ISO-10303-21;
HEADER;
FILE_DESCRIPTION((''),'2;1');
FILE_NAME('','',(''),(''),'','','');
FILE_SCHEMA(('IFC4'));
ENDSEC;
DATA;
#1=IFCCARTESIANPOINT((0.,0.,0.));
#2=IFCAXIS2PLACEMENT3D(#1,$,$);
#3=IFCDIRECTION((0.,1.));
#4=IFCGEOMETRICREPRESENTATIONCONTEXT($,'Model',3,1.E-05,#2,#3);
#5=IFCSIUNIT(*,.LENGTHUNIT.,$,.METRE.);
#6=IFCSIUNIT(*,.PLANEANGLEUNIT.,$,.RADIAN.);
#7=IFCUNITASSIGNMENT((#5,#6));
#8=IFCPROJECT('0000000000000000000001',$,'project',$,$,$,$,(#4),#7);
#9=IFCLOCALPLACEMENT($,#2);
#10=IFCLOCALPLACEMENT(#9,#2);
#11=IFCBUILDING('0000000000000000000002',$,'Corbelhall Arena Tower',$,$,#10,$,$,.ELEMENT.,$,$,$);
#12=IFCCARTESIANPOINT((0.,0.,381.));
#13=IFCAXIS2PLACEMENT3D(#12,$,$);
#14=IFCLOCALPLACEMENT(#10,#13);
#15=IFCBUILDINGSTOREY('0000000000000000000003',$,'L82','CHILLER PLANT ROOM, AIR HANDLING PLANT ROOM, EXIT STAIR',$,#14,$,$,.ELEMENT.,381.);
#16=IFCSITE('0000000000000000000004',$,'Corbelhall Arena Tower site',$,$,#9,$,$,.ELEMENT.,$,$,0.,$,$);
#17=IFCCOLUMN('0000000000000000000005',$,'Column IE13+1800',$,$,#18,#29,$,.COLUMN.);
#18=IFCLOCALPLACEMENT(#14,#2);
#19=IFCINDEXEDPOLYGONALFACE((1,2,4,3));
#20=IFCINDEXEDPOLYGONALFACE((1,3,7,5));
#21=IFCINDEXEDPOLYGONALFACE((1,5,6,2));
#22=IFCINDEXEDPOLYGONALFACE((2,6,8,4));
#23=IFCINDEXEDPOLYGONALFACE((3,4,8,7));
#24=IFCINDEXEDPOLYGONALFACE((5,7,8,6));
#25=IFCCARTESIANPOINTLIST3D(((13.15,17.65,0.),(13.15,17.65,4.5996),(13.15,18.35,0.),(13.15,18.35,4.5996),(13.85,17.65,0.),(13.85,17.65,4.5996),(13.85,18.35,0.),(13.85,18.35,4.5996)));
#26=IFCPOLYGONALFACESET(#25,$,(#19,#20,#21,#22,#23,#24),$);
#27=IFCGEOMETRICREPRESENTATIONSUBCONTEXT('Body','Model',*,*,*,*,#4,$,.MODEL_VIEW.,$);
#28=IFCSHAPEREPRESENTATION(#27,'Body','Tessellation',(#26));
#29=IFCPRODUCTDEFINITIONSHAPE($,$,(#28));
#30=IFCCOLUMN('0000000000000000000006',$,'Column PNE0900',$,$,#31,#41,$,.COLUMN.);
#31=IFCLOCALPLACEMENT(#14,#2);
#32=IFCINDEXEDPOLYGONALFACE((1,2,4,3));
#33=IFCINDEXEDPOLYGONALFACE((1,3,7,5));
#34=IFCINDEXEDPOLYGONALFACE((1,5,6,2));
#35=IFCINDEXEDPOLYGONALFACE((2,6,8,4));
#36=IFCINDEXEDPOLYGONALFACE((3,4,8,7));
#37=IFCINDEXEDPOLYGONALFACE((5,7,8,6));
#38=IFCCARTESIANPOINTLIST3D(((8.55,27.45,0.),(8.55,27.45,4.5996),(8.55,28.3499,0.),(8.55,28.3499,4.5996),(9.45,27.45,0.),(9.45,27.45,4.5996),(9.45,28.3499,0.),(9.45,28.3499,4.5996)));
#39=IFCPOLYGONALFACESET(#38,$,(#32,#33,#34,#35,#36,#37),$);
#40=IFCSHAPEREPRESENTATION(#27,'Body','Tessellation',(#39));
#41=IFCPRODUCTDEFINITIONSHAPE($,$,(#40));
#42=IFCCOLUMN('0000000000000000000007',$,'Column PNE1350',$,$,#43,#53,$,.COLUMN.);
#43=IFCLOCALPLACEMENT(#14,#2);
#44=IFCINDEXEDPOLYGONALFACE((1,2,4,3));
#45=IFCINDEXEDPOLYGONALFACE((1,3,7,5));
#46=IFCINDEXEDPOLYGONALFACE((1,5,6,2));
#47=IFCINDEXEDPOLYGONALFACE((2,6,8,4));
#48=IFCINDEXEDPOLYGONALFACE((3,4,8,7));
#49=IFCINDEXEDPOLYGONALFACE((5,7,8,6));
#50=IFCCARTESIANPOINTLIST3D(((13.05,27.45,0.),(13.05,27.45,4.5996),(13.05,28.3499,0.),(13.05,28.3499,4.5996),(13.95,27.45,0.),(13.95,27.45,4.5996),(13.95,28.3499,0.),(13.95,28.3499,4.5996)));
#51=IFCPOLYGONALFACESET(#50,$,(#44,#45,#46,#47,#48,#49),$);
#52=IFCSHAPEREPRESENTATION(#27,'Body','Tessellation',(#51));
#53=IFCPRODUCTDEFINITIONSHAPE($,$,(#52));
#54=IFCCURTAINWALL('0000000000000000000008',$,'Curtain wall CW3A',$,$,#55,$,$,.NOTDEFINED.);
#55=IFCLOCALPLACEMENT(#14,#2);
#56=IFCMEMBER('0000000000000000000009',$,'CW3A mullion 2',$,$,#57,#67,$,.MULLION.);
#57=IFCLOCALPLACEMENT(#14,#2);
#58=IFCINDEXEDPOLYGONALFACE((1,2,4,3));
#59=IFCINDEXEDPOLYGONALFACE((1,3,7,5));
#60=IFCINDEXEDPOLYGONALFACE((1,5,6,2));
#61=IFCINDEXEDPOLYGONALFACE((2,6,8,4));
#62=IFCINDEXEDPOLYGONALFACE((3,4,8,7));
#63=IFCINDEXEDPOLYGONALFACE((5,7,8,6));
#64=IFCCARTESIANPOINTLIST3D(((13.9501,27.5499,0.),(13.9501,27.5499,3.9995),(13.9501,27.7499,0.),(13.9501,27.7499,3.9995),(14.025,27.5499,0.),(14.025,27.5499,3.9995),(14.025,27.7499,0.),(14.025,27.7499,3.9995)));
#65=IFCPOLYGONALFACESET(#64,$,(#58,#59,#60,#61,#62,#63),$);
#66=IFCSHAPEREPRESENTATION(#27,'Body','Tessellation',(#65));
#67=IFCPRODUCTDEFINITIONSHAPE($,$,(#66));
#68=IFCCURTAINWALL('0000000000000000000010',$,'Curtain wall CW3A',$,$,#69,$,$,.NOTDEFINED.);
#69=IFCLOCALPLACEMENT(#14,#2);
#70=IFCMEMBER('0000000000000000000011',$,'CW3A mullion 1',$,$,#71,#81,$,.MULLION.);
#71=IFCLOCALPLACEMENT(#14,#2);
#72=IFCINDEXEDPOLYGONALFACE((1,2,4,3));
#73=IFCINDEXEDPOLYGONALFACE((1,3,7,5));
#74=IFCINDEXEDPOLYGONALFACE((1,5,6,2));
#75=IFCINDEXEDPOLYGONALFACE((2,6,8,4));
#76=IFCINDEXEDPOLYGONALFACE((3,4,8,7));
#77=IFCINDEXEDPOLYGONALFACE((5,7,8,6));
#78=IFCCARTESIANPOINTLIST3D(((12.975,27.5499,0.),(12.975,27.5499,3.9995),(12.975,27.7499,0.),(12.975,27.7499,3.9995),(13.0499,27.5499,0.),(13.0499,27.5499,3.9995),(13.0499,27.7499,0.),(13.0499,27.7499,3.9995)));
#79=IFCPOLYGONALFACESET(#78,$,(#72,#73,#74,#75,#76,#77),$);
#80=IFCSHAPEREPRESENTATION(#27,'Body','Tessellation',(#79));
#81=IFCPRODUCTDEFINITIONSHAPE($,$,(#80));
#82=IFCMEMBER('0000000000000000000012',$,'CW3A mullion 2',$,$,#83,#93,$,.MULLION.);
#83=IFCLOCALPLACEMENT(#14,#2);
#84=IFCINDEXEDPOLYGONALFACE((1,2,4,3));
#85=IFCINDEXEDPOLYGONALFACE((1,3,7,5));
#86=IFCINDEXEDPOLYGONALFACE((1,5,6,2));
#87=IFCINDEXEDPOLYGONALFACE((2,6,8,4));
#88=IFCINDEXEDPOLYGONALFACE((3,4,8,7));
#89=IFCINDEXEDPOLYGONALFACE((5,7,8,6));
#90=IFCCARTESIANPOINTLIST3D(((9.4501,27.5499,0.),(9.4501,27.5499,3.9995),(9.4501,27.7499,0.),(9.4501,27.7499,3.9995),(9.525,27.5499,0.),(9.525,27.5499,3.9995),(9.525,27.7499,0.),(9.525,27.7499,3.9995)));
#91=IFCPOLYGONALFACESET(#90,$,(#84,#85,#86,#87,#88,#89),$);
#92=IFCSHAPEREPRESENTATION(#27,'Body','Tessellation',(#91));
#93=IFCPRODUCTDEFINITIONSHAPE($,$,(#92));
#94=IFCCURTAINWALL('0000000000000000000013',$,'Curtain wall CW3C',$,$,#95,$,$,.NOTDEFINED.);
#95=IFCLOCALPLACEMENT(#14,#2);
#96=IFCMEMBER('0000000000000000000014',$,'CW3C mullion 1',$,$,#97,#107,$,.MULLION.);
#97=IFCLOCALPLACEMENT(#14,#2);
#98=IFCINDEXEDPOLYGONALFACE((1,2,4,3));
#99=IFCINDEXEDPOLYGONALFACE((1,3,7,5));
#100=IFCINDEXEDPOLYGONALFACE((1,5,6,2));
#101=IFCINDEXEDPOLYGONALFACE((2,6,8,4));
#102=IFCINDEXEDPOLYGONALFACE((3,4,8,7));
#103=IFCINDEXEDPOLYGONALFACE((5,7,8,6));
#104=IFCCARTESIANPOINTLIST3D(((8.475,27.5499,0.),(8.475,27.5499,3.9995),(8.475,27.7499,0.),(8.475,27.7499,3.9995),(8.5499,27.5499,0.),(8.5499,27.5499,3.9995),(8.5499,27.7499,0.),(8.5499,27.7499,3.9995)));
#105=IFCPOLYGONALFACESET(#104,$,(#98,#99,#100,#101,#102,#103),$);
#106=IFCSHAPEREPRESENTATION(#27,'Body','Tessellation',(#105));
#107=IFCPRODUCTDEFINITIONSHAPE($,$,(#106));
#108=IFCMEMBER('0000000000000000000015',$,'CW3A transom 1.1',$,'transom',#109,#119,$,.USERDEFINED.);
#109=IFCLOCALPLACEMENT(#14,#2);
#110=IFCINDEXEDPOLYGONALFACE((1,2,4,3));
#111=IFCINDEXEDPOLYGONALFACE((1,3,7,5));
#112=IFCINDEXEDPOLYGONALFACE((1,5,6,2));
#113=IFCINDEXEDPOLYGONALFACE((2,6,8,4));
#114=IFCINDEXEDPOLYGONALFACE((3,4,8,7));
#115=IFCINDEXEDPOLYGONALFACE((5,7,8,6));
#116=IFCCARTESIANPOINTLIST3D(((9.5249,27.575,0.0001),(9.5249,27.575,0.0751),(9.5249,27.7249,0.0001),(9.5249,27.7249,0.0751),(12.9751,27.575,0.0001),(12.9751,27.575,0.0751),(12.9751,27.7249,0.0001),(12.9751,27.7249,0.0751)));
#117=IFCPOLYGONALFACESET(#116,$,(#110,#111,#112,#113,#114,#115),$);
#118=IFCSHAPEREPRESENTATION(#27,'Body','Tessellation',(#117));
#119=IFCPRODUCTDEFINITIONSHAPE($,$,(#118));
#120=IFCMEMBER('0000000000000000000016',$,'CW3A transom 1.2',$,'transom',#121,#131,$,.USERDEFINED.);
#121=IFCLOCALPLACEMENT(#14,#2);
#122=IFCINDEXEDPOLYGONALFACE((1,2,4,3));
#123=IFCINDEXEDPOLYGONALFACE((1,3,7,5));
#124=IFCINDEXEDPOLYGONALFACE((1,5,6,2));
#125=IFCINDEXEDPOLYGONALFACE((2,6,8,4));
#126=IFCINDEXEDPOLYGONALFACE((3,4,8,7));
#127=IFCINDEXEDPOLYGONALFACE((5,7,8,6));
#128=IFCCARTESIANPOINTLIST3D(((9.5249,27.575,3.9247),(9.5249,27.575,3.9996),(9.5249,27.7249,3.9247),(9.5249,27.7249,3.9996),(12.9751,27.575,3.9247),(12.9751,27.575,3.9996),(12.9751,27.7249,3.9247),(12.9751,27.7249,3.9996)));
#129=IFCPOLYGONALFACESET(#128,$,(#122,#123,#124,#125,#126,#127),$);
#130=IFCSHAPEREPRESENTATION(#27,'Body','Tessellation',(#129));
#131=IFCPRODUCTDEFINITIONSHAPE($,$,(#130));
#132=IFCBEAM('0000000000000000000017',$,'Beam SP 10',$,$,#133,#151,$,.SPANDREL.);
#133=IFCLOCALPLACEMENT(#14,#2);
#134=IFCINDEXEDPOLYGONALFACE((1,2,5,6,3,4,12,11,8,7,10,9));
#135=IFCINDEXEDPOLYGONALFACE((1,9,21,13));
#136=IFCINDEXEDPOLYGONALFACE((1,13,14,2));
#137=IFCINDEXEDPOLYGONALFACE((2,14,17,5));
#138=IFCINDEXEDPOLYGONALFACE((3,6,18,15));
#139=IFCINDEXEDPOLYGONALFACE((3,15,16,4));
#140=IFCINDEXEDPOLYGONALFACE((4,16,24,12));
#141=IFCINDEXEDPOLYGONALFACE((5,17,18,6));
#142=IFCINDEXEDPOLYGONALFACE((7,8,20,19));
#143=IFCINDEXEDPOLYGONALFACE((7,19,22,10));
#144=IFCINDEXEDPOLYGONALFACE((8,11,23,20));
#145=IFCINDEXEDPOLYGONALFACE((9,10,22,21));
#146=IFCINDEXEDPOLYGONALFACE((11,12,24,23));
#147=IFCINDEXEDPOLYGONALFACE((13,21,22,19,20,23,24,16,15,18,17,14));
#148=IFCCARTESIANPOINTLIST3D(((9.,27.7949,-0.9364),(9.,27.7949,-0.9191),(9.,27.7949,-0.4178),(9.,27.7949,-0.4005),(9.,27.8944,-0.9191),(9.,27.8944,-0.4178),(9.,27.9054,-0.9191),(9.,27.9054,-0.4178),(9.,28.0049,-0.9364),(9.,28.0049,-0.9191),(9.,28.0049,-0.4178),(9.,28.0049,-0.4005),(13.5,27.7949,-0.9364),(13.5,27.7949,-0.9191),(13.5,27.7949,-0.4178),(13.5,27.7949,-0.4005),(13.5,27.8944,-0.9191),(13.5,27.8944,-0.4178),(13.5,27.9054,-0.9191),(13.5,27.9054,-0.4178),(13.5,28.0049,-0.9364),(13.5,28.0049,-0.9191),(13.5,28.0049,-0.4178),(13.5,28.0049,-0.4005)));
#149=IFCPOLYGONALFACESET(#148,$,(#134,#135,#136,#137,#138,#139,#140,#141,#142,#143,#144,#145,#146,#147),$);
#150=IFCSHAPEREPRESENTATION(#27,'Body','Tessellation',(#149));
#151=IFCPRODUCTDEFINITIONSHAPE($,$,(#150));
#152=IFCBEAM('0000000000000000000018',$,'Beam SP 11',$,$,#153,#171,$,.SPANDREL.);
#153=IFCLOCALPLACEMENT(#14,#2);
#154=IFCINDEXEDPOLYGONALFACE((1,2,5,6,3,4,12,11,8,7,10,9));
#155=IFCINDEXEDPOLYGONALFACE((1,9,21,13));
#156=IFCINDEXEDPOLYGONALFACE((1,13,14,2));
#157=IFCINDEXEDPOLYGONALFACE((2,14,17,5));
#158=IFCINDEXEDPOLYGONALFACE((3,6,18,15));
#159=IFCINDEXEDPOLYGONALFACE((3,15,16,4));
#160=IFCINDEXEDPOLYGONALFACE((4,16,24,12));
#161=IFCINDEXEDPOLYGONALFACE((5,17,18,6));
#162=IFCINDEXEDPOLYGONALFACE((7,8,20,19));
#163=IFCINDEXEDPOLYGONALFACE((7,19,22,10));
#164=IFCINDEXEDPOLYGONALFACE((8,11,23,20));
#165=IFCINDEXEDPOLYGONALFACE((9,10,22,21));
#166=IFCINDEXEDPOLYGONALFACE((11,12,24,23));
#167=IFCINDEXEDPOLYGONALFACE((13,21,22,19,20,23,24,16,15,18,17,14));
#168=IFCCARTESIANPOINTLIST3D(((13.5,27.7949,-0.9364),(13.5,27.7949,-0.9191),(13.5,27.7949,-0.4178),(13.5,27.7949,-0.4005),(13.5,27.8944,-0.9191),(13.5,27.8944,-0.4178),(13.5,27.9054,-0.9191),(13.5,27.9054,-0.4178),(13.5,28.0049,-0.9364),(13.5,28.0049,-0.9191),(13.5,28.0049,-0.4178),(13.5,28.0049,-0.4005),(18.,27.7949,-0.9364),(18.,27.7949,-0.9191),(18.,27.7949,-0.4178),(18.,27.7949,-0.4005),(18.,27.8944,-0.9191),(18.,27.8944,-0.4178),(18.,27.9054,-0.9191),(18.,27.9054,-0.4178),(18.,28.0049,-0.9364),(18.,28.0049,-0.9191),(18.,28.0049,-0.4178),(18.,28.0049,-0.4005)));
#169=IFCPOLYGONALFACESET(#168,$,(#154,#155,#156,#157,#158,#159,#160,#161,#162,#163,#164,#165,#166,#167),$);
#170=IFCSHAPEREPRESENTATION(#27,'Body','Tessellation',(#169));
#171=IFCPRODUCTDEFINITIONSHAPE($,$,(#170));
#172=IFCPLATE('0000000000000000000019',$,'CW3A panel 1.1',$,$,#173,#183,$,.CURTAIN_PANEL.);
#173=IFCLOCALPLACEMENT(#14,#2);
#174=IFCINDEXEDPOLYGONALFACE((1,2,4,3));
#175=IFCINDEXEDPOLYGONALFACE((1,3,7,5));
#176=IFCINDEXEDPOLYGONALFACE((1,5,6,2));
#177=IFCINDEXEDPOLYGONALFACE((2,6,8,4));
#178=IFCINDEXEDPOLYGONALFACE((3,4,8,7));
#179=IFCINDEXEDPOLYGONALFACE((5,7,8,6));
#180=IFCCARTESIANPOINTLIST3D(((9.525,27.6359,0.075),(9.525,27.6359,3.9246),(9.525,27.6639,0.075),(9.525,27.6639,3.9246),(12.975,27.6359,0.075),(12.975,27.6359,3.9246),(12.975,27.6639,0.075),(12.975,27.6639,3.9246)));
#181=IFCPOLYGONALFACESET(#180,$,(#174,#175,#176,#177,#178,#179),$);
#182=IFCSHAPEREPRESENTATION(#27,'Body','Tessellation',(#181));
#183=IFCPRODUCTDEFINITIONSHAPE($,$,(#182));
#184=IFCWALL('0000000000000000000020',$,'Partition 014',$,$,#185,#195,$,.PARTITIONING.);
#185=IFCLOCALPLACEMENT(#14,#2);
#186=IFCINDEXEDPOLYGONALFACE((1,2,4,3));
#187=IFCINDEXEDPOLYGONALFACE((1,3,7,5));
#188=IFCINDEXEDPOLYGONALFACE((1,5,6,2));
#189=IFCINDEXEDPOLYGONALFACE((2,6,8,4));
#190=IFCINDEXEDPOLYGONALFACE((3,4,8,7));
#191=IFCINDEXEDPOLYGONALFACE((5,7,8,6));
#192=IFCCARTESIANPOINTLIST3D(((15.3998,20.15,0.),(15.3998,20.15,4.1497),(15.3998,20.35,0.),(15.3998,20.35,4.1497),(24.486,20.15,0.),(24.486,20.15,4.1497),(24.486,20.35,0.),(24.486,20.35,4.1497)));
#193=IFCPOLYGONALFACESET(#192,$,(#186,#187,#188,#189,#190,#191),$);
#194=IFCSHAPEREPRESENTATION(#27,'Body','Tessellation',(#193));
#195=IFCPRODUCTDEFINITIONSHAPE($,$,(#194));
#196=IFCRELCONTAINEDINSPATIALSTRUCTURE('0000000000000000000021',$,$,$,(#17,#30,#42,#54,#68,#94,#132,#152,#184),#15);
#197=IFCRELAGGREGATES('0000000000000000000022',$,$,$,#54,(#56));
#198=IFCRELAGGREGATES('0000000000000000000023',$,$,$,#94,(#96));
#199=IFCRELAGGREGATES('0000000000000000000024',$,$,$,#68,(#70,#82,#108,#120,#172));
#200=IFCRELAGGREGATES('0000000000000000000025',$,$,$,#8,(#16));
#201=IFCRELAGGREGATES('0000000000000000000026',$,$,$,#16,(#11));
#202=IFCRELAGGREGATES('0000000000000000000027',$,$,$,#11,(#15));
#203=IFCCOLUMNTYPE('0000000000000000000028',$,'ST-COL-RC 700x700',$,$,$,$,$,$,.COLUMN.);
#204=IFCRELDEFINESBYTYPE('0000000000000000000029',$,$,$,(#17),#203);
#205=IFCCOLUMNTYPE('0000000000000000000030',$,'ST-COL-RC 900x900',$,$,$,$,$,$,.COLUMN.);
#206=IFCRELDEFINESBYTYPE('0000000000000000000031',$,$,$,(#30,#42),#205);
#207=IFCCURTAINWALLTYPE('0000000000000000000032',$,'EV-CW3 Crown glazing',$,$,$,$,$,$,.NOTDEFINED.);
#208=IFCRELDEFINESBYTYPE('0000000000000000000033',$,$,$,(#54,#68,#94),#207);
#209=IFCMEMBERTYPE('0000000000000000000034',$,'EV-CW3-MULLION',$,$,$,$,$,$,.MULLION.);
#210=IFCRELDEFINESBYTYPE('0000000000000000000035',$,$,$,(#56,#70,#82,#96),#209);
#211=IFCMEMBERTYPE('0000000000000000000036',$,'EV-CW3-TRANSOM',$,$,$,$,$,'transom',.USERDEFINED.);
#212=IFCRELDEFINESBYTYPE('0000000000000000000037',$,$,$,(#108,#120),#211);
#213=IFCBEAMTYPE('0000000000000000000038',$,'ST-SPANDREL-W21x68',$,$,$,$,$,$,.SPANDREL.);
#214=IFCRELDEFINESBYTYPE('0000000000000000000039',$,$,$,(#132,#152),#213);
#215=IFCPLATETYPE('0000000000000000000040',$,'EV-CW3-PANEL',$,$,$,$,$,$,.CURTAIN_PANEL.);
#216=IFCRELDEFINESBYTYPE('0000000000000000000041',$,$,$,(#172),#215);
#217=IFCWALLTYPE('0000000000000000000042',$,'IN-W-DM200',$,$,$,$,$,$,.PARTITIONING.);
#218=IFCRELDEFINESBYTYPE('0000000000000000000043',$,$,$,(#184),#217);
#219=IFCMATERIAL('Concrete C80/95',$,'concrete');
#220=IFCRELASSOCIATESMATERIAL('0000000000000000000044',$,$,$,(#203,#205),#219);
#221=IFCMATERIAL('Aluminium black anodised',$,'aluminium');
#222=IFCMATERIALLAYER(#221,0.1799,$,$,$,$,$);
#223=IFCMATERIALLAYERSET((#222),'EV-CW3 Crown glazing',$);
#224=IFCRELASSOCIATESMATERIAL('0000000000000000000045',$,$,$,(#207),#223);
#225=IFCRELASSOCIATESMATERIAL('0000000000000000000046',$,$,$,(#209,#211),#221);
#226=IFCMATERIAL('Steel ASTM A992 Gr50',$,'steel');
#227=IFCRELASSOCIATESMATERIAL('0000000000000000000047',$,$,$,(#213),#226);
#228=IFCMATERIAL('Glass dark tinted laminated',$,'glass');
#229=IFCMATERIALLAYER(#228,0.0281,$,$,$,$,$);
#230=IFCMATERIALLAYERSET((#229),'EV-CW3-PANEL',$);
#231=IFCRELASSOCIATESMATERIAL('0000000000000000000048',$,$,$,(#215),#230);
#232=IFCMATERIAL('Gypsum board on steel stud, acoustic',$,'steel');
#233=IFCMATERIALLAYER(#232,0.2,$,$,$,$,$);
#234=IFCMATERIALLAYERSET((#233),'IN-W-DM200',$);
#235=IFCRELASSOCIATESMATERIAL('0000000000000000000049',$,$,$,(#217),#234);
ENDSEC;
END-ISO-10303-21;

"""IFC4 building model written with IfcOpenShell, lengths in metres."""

from ifc_helpers import new_model, si_unit, direction, frame, frame_2d, origin, origin_2d, place, context, subcontext, project, spatial, rectangle, i_section, extrude, material, layer, layer_set, material_profile, profile_set, type_object, element, aggregate, save


model = new_model("IFC4")

# Units and contexts
model_context = context("Model", 3, precision=1e-05, world=origin(), true_north=direction((0.0, 1.0)))
body_context = subcontext(model_context, "Body", "Model", "MODEL_VIEW")
ifc_project = project(units=[si_unit("LENGTHUNIT", "METRE"), si_unit("PLANEANGLEUNIT", "RADIAN")], contexts=[model_context])

# Site, building, storey
site_placement = place(None, origin())
site = spatial("IfcSite", under=ifc_project, at=site_placement, Name="Corbelhall Arena Tower site", CompositionType="ELEMENT", RefElevation=0.0)
building_placement = place(site_placement, origin())
building = spatial("IfcBuilding", under=site, at=building_placement, Name="Corbelhall Arena Tower", CompositionType="ELEMENT")
storey_placement = place(building_placement, frame((0.0, 0.0, 381.0)))
storey = spatial("IfcBuildingStorey", under=building, at=storey_placement, Name="L82", Description="CHILLER PLANT ROOM, AIR HANDLING PLANT ROOM, EXIT STAIR", CompositionType="ELEMENT", Elevation=381.0)

# Columns
ifc_material_1 = material(Name="Concrete C80/95", Category="concrete")
ifc_material_profile_1 = material_profile(ifc_material_1, rectangle(XDim=0.7, YDim=0.7, at=origin_2d()))
ifc_profile_set_1 = profile_set([ifc_material_profile_1], Name="Concrete C80/95")
column_type_1 = type_object("IfcColumnType", Name="ST-COL-RC 700x700", PredefinedType="COLUMN", material=ifc_profile_set_1)
column_placement = place(storey_placement, frame((13.5, 18.0, 0.0), z_axis=(0.0, 0.0, 1.0), x_axis=(1.0, 0.0, 0.0)))
element("IfcColumn", 1, at=column_placement, inside=storey, type_object=column_type_1, Name="Column IE13+1800", PredefinedType="COLUMN", context=body_context, shape_type="SweptSolid", body=[
    extrude(rectangle(XDim=0.7, YDim=0.7, at=origin_2d()), origin(), (0.0, 0.0, 1.0), 4.5996),
])
ifc_material_profile_2 = material_profile(ifc_material_1, rectangle(XDim=0.8999, YDim=0.8999, at=origin_2d()))
ifc_profile_set_2 = profile_set([ifc_material_profile_2], Name="Concrete C80/95")
column_type_2 = type_object("IfcColumnType", Name="ST-COL-RC 900x900", PredefinedType="COLUMN", material=ifc_profile_set_2)
for number, where, z_axis, x_axis, name in (
    (2, (9.0, 27.8999, 0.0), (0.0, 0.0, 1.0), (1.0, 0.0, 0.0), "Column PNE0900"),
    (3, (13.5, 27.8999, 0.0), (0.0, 0.0, 1.0), (1.0, 0.0, 0.0), "Column PNE1350"),
):
    element("IfcColumn", number, at=place(storey_placement, frame(where, z_axis=z_axis, x_axis=x_axis)), inside=storey, type_object=column_type_2, Name=name, PredefinedType="COLUMN", context=body_context, shape_type="SweptSolid", body=[
        extrude(rectangle(XDim=0.8999, YDim=0.8999, at=origin_2d()), origin(), (0.0, 0.0, 1.0), 4.5996),
    ])

# Curtain wall, member
ifc_material_2 = material(Name="Aluminium black anodised", Category="aluminium")
ifc_layer_1 = layer(ifc_material_2, 0.1799)
ifc_layer_set_1 = layer_set([ifc_layer_1], Name="EV-CW3 Crown glazing")
curtain_wall_type = type_object("IfcCurtainWallType", Name="EV-CW3 Crown glazing", PredefinedType="NOTDEFINED", material=ifc_layer_set_1)
curtain_wall_1_placement = place(storey_placement, origin())
curtain_wall_1 = element("IfcCurtainWall", 4, at=curtain_wall_1_placement, inside=storey, type_object=curtain_wall_type, Name="Curtain wall CW3A", PredefinedType="NOTDEFINED")
ifc_material_profile_3 = material_profile(ifc_material_2, rectangle(XDim=0.2, YDim=0.075, at=origin_2d()))
ifc_profile_set_3 = profile_set([ifc_material_profile_3], Name="Aluminium black anodised")
member_type_1 = type_object("IfcMemberType", Name="EV-CW3-MULLION", PredefinedType="MULLION", material=ifc_profile_set_3)
member_1_placement = place(storey_placement, frame((13.9875, 27.6499, 0.0), z_axis=(0.0, 0.0, 1.0), x_axis=(0.0, -1.0, 0.0)))
member_1 = element("IfcMember", 5, at=member_1_placement, type_object=member_type_1, Name="CW3A mullion 2", PredefinedType="MULLION", context=body_context, shape_type="SweptSolid", body=[
    extrude(rectangle(XDim=0.2, YDim=0.075, at=origin_2d()), origin(), (0.0, 0.0, 1.0), 3.9995),
])
aggregate(curtain_wall_1, [member_1])

# Curtain wall, members
curtain_wall_2_placement = place(storey_placement, origin())
curtain_wall_2 = element("IfcCurtainWall", 6, at=curtain_wall_2_placement, inside=storey, type_object=curtain_wall_type, Name="Curtain wall CW3A", PredefinedType="NOTDEFINED")
member_2_placement = place(storey_placement, frame((13.0125, 27.6499, 0.0), z_axis=(0.0, 0.0, 1.0), x_axis=(0.0, -1.0, 0.0)))
member_2 = element("IfcMember", 7, at=member_2_placement, type_object=member_type_1, Name="CW3A mullion 1", PredefinedType="MULLION", context=body_context, shape_type="SweptSolid", body=[
    extrude(rectangle(XDim=0.2, YDim=0.075, at=origin_2d()), origin(), (0.0, 0.0, 1.0), 3.9995),
])
member_3_placement = place(storey_placement, frame((9.4875, 27.6499, 0.0), z_axis=(0.0, 0.0, 1.0), x_axis=(0.0, -1.0, 0.0)))
member_3 = element("IfcMember", 8, at=member_3_placement, type_object=member_type_1, Name="CW3A mullion 2", PredefinedType="MULLION", context=body_context, shape_type="SweptSolid", body=[
    extrude(rectangle(XDim=0.2, YDim=0.075, at=origin_2d()), origin(), (0.0, 0.0, 1.0), 3.9995),
])

# Curtain wall, member
curtain_wall_3_placement = place(storey_placement, origin())
curtain_wall_3 = element("IfcCurtainWall", 9, at=curtain_wall_3_placement, inside=storey, type_object=curtain_wall_type, Name="Curtain wall CW3C", PredefinedType="NOTDEFINED")
member_4_placement = place(storey_placement, frame((8.5125, 27.6499, 0.0), z_axis=(0.0, 0.0, 1.0), x_axis=(0.0, -1.0, 0.0)))
member_4 = element("IfcMember", 10, at=member_4_placement, type_object=member_type_1, Name="CW3C mullion 1", PredefinedType="MULLION", context=body_context, shape_type="SweptSolid", body=[
    extrude(rectangle(XDim=0.2, YDim=0.075, at=origin_2d()), origin(), (0.0, 0.0, 1.0), 3.9995),
])
aggregate(curtain_wall_3, [member_4])

# Members
ifc_material_profile_4 = material_profile(ifc_material_2, rectangle(XDim=0.1499, YDim=0.075, at=origin_2d()))
ifc_profile_set_4 = profile_set([ifc_material_profile_4], Name="Aluminium black anodised")
member_type_2 = type_object("IfcMemberType", Name="EV-CW3-TRANSOM", ElementType="transom", PredefinedType="USERDEFINED", material=ifc_profile_set_4)
member_5_placement = place(storey_placement, frame((12.9751, 27.6499, 0.0376), z_axis=(-1.0, 0.0, 0.0), x_axis=(0.0, -1.0, 0.0)))
member_5 = element("IfcMember", 11, at=member_5_placement, type_object=member_type_2, Name="CW3A transom 1.1", ObjectType="transom", PredefinedType="USERDEFINED", context=body_context, shape_type="SweptSolid", body=[
    extrude(rectangle(XDim=0.1499, YDim=0.075, at=origin_2d()), origin(), (0.0, 0.0, 1.0), 3.4502),
])
member_6_placement = place(storey_placement, frame((12.9751, 27.6499, 3.9622), z_axis=(-1.0, 0.0, 0.0), x_axis=(0.0, -1.0, 0.0)))
member_6 = element("IfcMember", 12, at=member_6_placement, type_object=member_type_2, Name="CW3A transom 1.2", ObjectType="transom", PredefinedType="USERDEFINED", context=body_context, shape_type="SweptSolid", body=[
    extrude(rectangle(XDim=0.1499, YDim=0.075, at=origin_2d()), origin(), (0.0, 0.0, 1.0), 3.4502),
])

# Beams
ifc_material_3 = material(Name="Steel ASTM A992 Gr50", Category="steel")
ifc_material_profile_5 = material_profile(ifc_material_3, i_section(OverallWidth=0.21, OverallDepth=0.5359, WebThickness=0.011, FlangeThickness=0.0173, at=origin_2d()))
ifc_profile_set_5 = profile_set([ifc_material_profile_5], Name="Steel ASTM A992 Gr50")
beam_type = type_object("IfcBeamType", Name="ST-SPANDREL-W21x68", PredefinedType="SPANDREL", material=ifc_profile_set_5)
for number, where, z_axis, x_axis, name in (
    (13, (9.0, 27.8999, -0.6685), (1.0, 0.0, 0.0), (0.0, 1.0, 0.0), "Beam SP 10"),
    (14, (13.5, 27.8999, -0.6685), (1.0, 0.0, 0.0), (0.0, 1.0, 0.0), "Beam SP 11"),
):
    element("IfcBeam", number, at=place(storey_placement, frame(where, z_axis=z_axis, x_axis=x_axis)), inside=storey, type_object=beam_type, Name=name, PredefinedType="SPANDREL", context=body_context, shape_type="SweptSolid", body=[
        extrude(i_section(OverallWidth=0.21, OverallDepth=0.5359, WebThickness=0.011, FlangeThickness=0.0173, at=origin_2d()), origin(), (0.0, 0.0, 1.0), 4.5),
    ])

# Plate
ifc_material_4 = material(Name="Glass dark tinted laminated", Category="glass")
ifc_layer_2 = layer(ifc_material_4, 0.0281)
ifc_layer_set_2 = layer_set([ifc_layer_2], Name="EV-CW3-PANEL")
plate_type = type_object("IfcPlateType", Name="EV-CW3-PANEL", PredefinedType="CURTAIN_PANEL", material=ifc_layer_set_2)
plate_placement = place(storey_placement, frame((11.25, 27.6499, 0.075), z_axis=(0.0, 0.0, 1.0), x_axis=(-1.0, 0.0, 0.0)))
plate = element("IfcPlate", 15, at=plate_placement, type_object=plate_type, Name="CW3A panel 1.1", PredefinedType="CURTAIN_PANEL", context=body_context, shape_type="SweptSolid", body=[
    extrude(rectangle(XDim=3.45, YDim=0.0281, at=origin_2d()), origin(), (0.0, 0.0, 1.0), 3.8496),
])
aggregate(curtain_wall_2, [member_2, member_3, member_5, member_6, plate])

# Shared definitions
ifc_material_5 = material(Name="Gypsum board on steel stud, acoustic", Category="steel")
ifc_layer_3 = layer(ifc_material_5, 0.2)
ifc_layer_set_3 = layer_set([ifc_layer_3], Name="IN-W-DM200")
wall_type = type_object("IfcWallType", Name="IN-W-DM200", PredefinedType="PARTITIONING", material=ifc_layer_set_3)

# Wall
wall_1_placement = place(storey_placement, frame((15.3999, 20.25, 0.0), z_axis=(0.0, 0.0, 1.0), x_axis=(1.0, 0.0, 0.0)))
element("IfcWall", 16, at=wall_1_placement, inside=storey, type_object=wall_type, Name="Partition 014", PredefinedType="PARTITIONING", context=body_context, shape_type="SweptSolid", body=[
    extrude(rectangle(XDim=9.0862, YDim=0.2, at=frame_2d((4.543, 0.0))), origin(), (0.0, 0.0, 1.0), 4.1497),
])

save(model, "model.ifc")
